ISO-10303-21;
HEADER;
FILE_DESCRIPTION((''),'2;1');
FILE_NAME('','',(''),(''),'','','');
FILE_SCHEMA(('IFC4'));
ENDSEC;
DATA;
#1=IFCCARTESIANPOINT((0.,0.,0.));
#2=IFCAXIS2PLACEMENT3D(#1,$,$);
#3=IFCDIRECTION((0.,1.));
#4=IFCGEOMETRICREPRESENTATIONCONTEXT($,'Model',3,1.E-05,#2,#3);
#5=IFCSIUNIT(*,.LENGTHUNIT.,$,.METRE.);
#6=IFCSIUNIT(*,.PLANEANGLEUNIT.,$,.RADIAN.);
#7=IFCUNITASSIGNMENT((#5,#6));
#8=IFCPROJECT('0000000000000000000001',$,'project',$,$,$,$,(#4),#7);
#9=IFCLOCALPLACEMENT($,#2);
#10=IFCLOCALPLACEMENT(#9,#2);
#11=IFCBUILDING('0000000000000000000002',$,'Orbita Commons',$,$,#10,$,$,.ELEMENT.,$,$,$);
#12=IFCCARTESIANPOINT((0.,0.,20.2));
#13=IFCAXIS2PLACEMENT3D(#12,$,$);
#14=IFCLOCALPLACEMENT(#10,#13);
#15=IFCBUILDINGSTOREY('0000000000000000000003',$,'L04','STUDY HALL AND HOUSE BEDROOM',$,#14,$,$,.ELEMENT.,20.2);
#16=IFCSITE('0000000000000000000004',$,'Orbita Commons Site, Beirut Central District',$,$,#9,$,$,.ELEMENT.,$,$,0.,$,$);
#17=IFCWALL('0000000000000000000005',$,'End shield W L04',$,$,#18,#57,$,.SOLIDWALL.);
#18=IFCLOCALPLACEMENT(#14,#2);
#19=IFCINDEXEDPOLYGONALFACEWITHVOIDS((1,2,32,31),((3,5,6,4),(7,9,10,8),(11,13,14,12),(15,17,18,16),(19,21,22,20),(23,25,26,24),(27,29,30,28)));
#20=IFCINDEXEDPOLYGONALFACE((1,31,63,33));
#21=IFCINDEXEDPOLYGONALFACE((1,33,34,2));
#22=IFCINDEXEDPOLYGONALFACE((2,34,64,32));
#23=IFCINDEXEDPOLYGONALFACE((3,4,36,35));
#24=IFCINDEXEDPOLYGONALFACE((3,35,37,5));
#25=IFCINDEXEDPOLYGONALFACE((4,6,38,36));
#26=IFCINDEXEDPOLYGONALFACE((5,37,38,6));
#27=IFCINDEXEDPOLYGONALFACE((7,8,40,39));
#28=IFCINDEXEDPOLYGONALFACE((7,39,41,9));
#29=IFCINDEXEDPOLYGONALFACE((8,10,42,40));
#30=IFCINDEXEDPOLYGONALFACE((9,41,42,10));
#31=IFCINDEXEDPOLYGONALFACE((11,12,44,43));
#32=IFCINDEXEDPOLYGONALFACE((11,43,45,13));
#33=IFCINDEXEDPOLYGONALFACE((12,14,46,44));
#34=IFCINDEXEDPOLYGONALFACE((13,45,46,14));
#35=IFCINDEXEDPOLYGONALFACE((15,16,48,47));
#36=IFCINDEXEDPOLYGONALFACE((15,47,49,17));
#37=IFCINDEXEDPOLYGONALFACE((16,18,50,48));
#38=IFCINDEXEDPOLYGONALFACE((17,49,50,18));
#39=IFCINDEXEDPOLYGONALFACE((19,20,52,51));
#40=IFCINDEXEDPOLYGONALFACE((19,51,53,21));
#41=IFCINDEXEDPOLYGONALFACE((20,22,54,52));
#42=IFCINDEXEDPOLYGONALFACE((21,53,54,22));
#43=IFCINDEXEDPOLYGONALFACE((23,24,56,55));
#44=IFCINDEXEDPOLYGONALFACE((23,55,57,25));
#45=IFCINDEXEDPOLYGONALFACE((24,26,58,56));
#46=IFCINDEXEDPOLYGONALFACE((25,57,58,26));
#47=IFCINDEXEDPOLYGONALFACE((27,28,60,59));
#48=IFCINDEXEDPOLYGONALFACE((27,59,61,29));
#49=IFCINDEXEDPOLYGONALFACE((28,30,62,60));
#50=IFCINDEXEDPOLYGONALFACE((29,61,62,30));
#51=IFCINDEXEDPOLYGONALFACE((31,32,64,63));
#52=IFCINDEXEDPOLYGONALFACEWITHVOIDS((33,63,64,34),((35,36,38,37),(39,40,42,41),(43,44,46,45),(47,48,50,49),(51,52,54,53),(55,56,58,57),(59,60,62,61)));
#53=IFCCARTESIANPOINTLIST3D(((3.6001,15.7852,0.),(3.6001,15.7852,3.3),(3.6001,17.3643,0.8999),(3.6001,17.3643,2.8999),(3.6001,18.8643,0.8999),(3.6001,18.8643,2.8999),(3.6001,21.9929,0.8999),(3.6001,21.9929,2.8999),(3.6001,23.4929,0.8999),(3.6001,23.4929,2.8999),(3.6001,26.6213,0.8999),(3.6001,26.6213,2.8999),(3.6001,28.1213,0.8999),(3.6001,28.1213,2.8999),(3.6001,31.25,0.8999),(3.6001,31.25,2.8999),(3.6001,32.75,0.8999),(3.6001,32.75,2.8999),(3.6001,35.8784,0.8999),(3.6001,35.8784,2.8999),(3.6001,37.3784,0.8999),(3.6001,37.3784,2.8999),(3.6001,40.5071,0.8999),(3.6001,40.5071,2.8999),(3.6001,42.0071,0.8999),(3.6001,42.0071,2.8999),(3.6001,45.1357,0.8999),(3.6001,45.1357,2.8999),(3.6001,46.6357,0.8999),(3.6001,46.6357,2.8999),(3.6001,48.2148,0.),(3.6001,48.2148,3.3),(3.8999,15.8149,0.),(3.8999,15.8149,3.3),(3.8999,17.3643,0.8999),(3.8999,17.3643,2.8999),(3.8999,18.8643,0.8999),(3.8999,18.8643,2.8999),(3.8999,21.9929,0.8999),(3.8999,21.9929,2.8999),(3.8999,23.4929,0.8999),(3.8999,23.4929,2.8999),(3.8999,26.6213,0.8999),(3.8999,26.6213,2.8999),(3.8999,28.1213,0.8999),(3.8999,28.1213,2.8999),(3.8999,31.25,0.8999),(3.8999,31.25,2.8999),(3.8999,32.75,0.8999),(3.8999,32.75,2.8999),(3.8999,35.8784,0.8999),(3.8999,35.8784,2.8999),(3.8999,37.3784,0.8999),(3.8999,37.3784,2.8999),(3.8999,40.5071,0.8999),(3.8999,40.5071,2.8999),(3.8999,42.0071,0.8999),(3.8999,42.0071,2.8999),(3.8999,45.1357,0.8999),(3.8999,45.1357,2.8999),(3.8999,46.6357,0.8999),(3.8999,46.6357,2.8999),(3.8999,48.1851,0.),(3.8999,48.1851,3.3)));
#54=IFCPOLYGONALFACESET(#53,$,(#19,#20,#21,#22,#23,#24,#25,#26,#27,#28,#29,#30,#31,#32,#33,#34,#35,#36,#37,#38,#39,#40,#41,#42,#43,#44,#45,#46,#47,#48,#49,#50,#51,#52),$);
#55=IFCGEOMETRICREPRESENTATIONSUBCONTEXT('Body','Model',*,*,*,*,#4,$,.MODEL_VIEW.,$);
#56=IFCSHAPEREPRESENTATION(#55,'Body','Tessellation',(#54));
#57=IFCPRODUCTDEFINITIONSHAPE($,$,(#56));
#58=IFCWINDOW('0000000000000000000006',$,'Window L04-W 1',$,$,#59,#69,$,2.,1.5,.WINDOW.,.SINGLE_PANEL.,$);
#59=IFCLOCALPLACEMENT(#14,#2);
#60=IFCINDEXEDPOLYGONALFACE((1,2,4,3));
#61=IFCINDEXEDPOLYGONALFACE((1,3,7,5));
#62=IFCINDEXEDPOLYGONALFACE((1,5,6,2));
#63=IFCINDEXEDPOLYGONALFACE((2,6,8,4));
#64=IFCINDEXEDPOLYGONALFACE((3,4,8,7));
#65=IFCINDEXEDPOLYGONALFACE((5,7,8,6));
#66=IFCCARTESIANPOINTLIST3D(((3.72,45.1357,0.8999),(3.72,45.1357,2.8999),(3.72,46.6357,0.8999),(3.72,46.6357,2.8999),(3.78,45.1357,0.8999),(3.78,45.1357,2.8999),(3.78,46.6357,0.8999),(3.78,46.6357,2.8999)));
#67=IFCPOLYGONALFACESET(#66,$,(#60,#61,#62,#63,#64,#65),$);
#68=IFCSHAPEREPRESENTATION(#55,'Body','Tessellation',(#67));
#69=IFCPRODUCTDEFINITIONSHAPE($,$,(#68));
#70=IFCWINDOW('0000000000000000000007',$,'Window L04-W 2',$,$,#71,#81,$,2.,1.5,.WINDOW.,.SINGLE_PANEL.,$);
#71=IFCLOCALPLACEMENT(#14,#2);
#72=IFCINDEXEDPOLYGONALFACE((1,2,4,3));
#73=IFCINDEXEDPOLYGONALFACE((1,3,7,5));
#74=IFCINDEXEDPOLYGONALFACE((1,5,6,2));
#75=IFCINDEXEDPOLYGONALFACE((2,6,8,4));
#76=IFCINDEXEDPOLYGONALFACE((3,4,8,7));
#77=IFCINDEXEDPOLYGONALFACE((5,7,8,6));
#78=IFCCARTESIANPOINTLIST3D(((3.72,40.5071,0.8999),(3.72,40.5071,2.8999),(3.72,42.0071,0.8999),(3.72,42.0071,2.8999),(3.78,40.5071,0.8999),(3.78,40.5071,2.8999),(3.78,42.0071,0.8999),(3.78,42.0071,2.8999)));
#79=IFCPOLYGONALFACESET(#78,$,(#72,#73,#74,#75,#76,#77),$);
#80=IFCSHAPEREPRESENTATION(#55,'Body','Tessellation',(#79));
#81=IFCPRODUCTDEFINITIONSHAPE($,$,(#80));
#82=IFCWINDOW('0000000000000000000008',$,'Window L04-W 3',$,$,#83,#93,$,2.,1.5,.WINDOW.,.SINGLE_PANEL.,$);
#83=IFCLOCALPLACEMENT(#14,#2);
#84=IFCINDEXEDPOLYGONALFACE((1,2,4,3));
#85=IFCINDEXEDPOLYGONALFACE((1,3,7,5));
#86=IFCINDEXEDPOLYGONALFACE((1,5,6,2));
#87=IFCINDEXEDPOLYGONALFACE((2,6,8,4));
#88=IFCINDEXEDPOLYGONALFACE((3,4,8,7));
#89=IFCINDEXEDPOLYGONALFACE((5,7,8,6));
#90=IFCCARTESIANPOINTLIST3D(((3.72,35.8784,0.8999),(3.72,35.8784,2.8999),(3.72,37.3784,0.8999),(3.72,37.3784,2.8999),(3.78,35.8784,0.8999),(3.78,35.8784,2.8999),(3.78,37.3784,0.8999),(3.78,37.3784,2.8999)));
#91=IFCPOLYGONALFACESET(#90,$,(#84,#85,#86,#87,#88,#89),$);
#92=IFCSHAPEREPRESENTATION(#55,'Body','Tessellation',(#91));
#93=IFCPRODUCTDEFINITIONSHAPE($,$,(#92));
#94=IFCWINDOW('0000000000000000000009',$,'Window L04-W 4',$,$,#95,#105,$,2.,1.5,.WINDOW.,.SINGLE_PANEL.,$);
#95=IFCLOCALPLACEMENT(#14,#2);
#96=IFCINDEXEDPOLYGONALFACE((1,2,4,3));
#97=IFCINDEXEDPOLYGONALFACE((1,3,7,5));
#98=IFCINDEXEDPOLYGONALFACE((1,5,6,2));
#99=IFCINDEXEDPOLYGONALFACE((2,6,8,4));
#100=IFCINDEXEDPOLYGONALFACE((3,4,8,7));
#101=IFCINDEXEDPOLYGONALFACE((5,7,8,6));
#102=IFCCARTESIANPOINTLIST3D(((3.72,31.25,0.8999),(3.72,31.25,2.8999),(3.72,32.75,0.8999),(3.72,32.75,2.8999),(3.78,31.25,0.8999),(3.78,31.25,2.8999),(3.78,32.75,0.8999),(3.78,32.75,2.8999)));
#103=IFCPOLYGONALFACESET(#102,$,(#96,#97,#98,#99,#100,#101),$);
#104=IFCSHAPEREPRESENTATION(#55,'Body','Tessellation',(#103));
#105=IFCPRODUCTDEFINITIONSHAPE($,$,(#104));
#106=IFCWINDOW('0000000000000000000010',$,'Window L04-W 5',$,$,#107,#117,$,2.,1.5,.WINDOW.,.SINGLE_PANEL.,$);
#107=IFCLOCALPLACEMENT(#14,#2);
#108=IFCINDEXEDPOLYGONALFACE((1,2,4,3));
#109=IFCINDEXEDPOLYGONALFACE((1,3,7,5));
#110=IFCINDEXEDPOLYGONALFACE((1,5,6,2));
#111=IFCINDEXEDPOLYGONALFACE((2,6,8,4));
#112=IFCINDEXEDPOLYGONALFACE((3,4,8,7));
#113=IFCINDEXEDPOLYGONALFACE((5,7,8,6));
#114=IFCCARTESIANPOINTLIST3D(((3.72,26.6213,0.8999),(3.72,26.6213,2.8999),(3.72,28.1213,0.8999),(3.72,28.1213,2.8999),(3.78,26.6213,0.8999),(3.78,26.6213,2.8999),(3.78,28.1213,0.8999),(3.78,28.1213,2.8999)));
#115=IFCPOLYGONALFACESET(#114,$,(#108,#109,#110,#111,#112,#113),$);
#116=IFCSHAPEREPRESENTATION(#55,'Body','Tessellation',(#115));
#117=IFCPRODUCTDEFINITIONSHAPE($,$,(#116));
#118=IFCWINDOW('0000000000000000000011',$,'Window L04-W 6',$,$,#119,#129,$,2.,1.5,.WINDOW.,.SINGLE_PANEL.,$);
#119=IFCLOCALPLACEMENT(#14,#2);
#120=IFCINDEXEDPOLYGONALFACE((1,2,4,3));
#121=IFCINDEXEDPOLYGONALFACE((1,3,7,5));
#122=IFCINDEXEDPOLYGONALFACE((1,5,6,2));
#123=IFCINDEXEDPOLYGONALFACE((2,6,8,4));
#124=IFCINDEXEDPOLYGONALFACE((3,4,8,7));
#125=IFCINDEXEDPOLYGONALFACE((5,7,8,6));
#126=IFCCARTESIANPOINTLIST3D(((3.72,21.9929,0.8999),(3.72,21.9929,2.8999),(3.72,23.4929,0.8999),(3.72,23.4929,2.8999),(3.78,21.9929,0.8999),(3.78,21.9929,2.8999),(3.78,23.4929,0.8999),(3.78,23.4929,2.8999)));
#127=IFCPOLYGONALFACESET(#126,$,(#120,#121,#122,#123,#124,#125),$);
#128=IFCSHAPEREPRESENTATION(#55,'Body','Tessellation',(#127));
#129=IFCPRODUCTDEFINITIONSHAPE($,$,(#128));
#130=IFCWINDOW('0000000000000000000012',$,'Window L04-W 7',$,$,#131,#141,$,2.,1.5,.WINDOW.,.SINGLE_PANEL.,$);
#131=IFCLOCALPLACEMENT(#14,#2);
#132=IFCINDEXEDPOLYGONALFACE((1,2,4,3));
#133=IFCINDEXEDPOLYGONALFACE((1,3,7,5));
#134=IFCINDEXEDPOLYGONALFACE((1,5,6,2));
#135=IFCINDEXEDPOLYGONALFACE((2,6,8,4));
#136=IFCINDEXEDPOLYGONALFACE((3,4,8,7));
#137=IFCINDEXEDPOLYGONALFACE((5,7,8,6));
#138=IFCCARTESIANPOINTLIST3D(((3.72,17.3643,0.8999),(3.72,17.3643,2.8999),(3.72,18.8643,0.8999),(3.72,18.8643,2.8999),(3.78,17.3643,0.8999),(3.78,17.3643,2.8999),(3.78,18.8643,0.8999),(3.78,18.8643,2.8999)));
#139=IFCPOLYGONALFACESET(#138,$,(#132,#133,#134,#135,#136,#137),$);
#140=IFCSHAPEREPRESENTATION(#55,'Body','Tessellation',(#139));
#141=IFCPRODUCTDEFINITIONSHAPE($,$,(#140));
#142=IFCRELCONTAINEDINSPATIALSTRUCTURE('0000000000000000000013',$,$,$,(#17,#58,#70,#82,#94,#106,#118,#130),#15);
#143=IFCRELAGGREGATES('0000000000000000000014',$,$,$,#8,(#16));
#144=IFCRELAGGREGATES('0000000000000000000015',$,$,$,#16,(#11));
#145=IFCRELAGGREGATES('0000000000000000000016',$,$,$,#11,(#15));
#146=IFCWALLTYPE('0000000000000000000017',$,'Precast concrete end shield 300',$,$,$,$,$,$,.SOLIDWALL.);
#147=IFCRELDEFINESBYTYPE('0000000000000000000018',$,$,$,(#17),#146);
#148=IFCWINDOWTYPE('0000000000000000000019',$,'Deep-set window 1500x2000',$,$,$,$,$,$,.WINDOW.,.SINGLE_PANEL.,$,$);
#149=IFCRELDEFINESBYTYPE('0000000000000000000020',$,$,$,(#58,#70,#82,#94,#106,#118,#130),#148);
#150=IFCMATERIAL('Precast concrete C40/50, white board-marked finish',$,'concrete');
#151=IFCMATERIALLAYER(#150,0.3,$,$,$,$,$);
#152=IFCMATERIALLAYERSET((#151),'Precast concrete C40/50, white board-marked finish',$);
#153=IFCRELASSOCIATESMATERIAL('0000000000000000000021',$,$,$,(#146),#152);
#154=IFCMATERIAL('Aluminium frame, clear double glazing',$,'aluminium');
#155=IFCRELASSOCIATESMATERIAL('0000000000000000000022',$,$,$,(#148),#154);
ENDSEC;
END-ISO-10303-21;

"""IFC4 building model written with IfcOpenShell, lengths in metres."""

from ifc_helpers import new_model, si_unit, direction, frame, frame_2d, origin, place, context, subcontext, project, spatial, polyline, rectangle, outline, extrude, material, layer, layer_set, type_object, element, fill, save


model = new_model("IFC4")

# Units and contexts
model_context = context("Model", 3, precision=1e-05, world=origin(), true_north=direction((0.0, 1.0)))
body_context = subcontext(model_context, "Body", "Model", "MODEL_VIEW")
ifc_project = project(units=[si_unit("LENGTHUNIT", "METRE"), si_unit("PLANEANGLEUNIT", "RADIAN")], contexts=[model_context])

# Site, building, storey
site_placement = place(None, origin())
site = spatial("IfcSite", under=ifc_project, at=site_placement, Name="Orbita Commons Site, Beirut Central District", CompositionType="ELEMENT", RefElevation=0.0)
building_placement = place(site_placement, origin())
building = spatial("IfcBuilding", under=site, at=building_placement, Name="Orbita Commons", CompositionType="ELEMENT")
storey_placement = place(building_placement, frame((0.0, 0.0, 20.2)))
storey = spatial("IfcBuildingStorey", under=building, at=storey_placement, Name="L04", Description="STUDY HALL AND HOUSE BEDROOM", CompositionType="ELEMENT", Elevation=20.2)

# Wall, openings, windows
ifc_material_1 = material(Name="Precast concrete C40/50, white board-marked finish", Category="concrete")
ifc_layer_1 = layer(ifc_material_1, 0.3)
ifc_layer_set_1 = layer_set([ifc_layer_1], Name="Precast concrete C40/50, white board-marked finish")
wall_type_1 = type_object("IfcWallType", Name="Precast concrete end shield 300", PredefinedType="SOLIDWALL", material=ifc_layer_set_1)
wall_1_placement = place(storey_placement, frame((3.75, 48.2, 0.0), z_axis=(0.0, 0.0, 1.0), x_axis=(0.0, -1.0, 0.0)))
wall_1 = element("IfcWall", 1, at=wall_1_placement, inside=storey, type_object=wall_type_1, Name="End shield W L04", PredefinedType="SOLIDWALL", context=body_context, shape_type="SweptSolid", body=[
    extrude(outline(polyline([(-0.0149, -0.1499), (32.4148, -0.1499), (32.385, 0.1499), (0.0149, 0.1499), (-0.0149, -0.1499)])), origin(), (0.0, 0.0, 1.0), 3.3),
])
opening_1_placement = place(wall_1_placement, frame((1.5642, 0.0, 0.8999)))
opening_1 = element("IfcOpeningElement", 2, at=opening_1_placement, cuts=wall_1, PredefinedType="OPENING", context=body_context, shape_type="SweptSolid", body=[
    extrude(rectangle(XDim=1.5, YDim=2.0, at=frame_2d((0.75, 1.0))), frame((0.0, 0.1599, 0.0), z_axis=(0.0, -1.0, 0.0), x_axis=(1.0, 0.0, 0.0)), (0.0, 0.0, 1.0), 0.3201),
])
opening_2_placement = place(wall_1_placement, frame((6.1929, 0.0, 0.8999)))
opening_2 = element("IfcOpeningElement", 3, at=opening_2_placement, cuts=wall_1, PredefinedType="OPENING", context=body_context, shape_type="SweptSolid", body=[
    extrude(rectangle(XDim=1.5, YDim=2.0, at=frame_2d((0.75, 1.0))), frame((0.0, 0.1599, 0.0), z_axis=(0.0, -1.0, 0.0), x_axis=(1.0, 0.0, 0.0)), (0.0, 0.0, 1.0), 0.3201),
])
opening_3_placement = place(wall_1_placement, frame((10.8215, 0.0, 0.8999)))
opening_3 = element("IfcOpeningElement", 4, at=opening_3_placement, cuts=wall_1, PredefinedType="OPENING", context=body_context, shape_type="SweptSolid", body=[
    extrude(rectangle(XDim=1.5, YDim=2.0, at=frame_2d((0.75, 1.0))), frame((0.0, 0.1599, 0.0), z_axis=(0.0, -1.0, 0.0), x_axis=(1.0, 0.0, 0.0)), (0.0, 0.0, 1.0), 0.3201),
])
opening_4_placement = place(wall_1_placement, frame((15.45, 0.0, 0.8999)))
opening_4 = element("IfcOpeningElement", 5, at=opening_4_placement, cuts=wall_1, PredefinedType="OPENING", context=body_context, shape_type="SweptSolid", body=[
    extrude(rectangle(XDim=1.5, YDim=2.0, at=frame_2d((0.75, 1.0))), frame((0.0, 0.1599, 0.0), z_axis=(0.0, -1.0, 0.0), x_axis=(1.0, 0.0, 0.0)), (0.0, 0.0, 1.0), 0.3201),
])
opening_5_placement = place(wall_1_placement, frame((20.0786, 0.0, 0.8999)))
opening_5 = element("IfcOpeningElement", 6, at=opening_5_placement, cuts=wall_1, PredefinedType="OPENING", context=body_context, shape_type="SweptSolid", body=[
    extrude(rectangle(XDim=1.5, YDim=2.0, at=frame_2d((0.75, 1.0))), frame((0.0, 0.1599, 0.0), z_axis=(0.0, -1.0, 0.0), x_axis=(1.0, 0.0, 0.0)), (0.0, 0.0, 1.0), 0.3201),
])
opening_6_placement = place(wall_1_placement, frame((24.707, 0.0, 0.8999)))
opening_6 = element("IfcOpeningElement", 7, at=opening_6_placement, cuts=wall_1, PredefinedType="OPENING", context=body_context, shape_type="SweptSolid", body=[
    extrude(rectangle(XDim=1.5, YDim=2.0, at=frame_2d((0.75, 1.0))), frame((0.0, 0.1599, 0.0), z_axis=(0.0, -1.0, 0.0), x_axis=(1.0, 0.0, 0.0)), (0.0, 0.0, 1.0), 0.3201),
])
opening_7_placement = place(wall_1_placement, frame((29.3357, 0.0, 0.8999)))
opening_7 = element("IfcOpeningElement", 8, at=opening_7_placement, cuts=wall_1, PredefinedType="OPENING", context=body_context, shape_type="SweptSolid", body=[
    extrude(rectangle(XDim=1.5, YDim=2.0, at=frame_2d((0.75, 1.0))), frame((0.0, 0.1599, 0.0), z_axis=(0.0, -1.0, 0.0), x_axis=(1.0, 0.0, 0.0)), (0.0, 0.0, 1.0), 0.3201),
])
ifc_material_2 = material(Name="Aluminium frame, clear double glazing", Category="aluminium")
window_type = type_object("IfcWindowType", Name="Deep-set window 1500x2000", PartitioningType="SINGLE_PANEL", PredefinedType="WINDOW", material=ifc_material_2)
window_1_placement = place(opening_1_placement, origin())
window_1 = element("IfcWindow", 9, at=window_1_placement, inside=storey, type_object=window_type, Name="Window L04-W 1", OverallHeight=2.0, OverallWidth=1.5, PartitioningType="SINGLE_PANEL", PredefinedType="WINDOW", context=body_context, shape_type="SweptSolid", body=[
    extrude(rectangle(XDim=1.5, YDim=2.0, at=frame_2d((0.75, 1.0))), frame((0.0, 0.03, 0.0), z_axis=(0.0, -1.0, 0.0), x_axis=(1.0, 0.0, 0.0)), (0.0, 0.0, 1.0), 0.0601),
])
fill(opening_1, window_1)
window_2_placement = place(opening_2_placement, origin())
window_2 = element("IfcWindow", 10, at=window_2_placement, inside=storey, type_object=window_type, Name="Window L04-W 2", OverallHeight=2.0, OverallWidth=1.5, PartitioningType="SINGLE_PANEL", PredefinedType="WINDOW", context=body_context, shape_type="SweptSolid", body=[
    extrude(rectangle(XDim=1.5, YDim=2.0, at=frame_2d((0.75, 1.0))), frame((0.0, 0.03, 0.0), z_axis=(0.0, -1.0, 0.0), x_axis=(1.0, 0.0, 0.0)), (0.0, 0.0, 1.0), 0.0601),
])
fill(opening_2, window_2)
window_3_placement = place(opening_3_placement, origin())
window_3 = element("IfcWindow", 11, at=window_3_placement, inside=storey, type_object=window_type, Name="Window L04-W 3", OverallHeight=2.0, OverallWidth=1.5, PartitioningType="SINGLE_PANEL", PredefinedType="WINDOW", context=body_context, shape_type="SweptSolid", body=[
    extrude(rectangle(XDim=1.5, YDim=2.0, at=frame_2d((0.75, 1.0))), frame((0.0, 0.03, 0.0), z_axis=(0.0, -1.0, 0.0), x_axis=(1.0, 0.0, 0.0)), (0.0, 0.0, 1.0), 0.0601),
])
fill(opening_3, window_3)
window_4_placement = place(opening_4_placement, origin())
window_4 = element("IfcWindow", 12, at=window_4_placement, inside=storey, type_object=window_type, Name="Window L04-W 4", OverallHeight=2.0, OverallWidth=1.5, PartitioningType="SINGLE_PANEL", PredefinedType="WINDOW", context=body_context, shape_type="SweptSolid", body=[
    extrude(rectangle(XDim=1.5, YDim=2.0, at=frame_2d((0.75, 1.0))), frame((0.0, 0.03, 0.0), z_axis=(0.0, -1.0, 0.0), x_axis=(1.0, 0.0, 0.0)), (0.0, 0.0, 1.0), 0.0601),
])
fill(opening_4, window_4)
window_5_placement = place(opening_5_placement, origin())
window_5 = element("IfcWindow", 13, at=window_5_placement, inside=storey, type_object=window_type, Name="Window L04-W 5", OverallHeight=2.0, OverallWidth=1.5, PartitioningType="SINGLE_PANEL", PredefinedType="WINDOW", context=body_context, shape_type="SweptSolid", body=[
    extrude(rectangle(XDim=1.5, YDim=2.0, at=frame_2d((0.75, 1.0))), frame((0.0, 0.03, 0.0), z_axis=(0.0, -1.0, 0.0), x_axis=(1.0, 0.0, 0.0)), (0.0, 0.0, 1.0), 0.0601),
])
fill(opening_5, window_5)
window_6_placement = place(opening_6_placement, origin())
window_6 = element("IfcWindow", 14, at=window_6_placement, inside=storey, type_object=window_type, Name="Window L04-W 6", OverallHeight=2.0, OverallWidth=1.5, PartitioningType="SINGLE_PANEL", PredefinedType="WINDOW", context=body_context, shape_type="SweptSolid", body=[
    extrude(rectangle(XDim=1.5, YDim=2.0, at=frame_2d((0.75, 1.0))), frame((0.0, 0.03, 0.0), z_axis=(0.0, -1.0, 0.0), x_axis=(1.0, 0.0, 0.0)), (0.0, 0.0, 1.0), 0.0601),
])
fill(opening_6, window_6)
window_7_placement = place(opening_7_placement, origin())
window_7 = element("IfcWindow", 15, at=window_7_placement, inside=storey, type_object=window_type, Name="Window L04-W 7", OverallHeight=2.0, OverallWidth=1.5, PartitioningType="SINGLE_PANEL", PredefinedType="WINDOW", context=body_context, shape_type="SweptSolid", body=[
    extrude(rectangle(XDim=1.5, YDim=2.0, at=frame_2d((0.75, 1.0))), frame((0.0, 0.03, 0.0), z_axis=(0.0, -1.0, 0.0), x_axis=(1.0, 0.0, 0.0)), (0.0, 0.0, 1.0), 0.0601),
])
fill(opening_7, window_7)

save(model, "model.ifc")
